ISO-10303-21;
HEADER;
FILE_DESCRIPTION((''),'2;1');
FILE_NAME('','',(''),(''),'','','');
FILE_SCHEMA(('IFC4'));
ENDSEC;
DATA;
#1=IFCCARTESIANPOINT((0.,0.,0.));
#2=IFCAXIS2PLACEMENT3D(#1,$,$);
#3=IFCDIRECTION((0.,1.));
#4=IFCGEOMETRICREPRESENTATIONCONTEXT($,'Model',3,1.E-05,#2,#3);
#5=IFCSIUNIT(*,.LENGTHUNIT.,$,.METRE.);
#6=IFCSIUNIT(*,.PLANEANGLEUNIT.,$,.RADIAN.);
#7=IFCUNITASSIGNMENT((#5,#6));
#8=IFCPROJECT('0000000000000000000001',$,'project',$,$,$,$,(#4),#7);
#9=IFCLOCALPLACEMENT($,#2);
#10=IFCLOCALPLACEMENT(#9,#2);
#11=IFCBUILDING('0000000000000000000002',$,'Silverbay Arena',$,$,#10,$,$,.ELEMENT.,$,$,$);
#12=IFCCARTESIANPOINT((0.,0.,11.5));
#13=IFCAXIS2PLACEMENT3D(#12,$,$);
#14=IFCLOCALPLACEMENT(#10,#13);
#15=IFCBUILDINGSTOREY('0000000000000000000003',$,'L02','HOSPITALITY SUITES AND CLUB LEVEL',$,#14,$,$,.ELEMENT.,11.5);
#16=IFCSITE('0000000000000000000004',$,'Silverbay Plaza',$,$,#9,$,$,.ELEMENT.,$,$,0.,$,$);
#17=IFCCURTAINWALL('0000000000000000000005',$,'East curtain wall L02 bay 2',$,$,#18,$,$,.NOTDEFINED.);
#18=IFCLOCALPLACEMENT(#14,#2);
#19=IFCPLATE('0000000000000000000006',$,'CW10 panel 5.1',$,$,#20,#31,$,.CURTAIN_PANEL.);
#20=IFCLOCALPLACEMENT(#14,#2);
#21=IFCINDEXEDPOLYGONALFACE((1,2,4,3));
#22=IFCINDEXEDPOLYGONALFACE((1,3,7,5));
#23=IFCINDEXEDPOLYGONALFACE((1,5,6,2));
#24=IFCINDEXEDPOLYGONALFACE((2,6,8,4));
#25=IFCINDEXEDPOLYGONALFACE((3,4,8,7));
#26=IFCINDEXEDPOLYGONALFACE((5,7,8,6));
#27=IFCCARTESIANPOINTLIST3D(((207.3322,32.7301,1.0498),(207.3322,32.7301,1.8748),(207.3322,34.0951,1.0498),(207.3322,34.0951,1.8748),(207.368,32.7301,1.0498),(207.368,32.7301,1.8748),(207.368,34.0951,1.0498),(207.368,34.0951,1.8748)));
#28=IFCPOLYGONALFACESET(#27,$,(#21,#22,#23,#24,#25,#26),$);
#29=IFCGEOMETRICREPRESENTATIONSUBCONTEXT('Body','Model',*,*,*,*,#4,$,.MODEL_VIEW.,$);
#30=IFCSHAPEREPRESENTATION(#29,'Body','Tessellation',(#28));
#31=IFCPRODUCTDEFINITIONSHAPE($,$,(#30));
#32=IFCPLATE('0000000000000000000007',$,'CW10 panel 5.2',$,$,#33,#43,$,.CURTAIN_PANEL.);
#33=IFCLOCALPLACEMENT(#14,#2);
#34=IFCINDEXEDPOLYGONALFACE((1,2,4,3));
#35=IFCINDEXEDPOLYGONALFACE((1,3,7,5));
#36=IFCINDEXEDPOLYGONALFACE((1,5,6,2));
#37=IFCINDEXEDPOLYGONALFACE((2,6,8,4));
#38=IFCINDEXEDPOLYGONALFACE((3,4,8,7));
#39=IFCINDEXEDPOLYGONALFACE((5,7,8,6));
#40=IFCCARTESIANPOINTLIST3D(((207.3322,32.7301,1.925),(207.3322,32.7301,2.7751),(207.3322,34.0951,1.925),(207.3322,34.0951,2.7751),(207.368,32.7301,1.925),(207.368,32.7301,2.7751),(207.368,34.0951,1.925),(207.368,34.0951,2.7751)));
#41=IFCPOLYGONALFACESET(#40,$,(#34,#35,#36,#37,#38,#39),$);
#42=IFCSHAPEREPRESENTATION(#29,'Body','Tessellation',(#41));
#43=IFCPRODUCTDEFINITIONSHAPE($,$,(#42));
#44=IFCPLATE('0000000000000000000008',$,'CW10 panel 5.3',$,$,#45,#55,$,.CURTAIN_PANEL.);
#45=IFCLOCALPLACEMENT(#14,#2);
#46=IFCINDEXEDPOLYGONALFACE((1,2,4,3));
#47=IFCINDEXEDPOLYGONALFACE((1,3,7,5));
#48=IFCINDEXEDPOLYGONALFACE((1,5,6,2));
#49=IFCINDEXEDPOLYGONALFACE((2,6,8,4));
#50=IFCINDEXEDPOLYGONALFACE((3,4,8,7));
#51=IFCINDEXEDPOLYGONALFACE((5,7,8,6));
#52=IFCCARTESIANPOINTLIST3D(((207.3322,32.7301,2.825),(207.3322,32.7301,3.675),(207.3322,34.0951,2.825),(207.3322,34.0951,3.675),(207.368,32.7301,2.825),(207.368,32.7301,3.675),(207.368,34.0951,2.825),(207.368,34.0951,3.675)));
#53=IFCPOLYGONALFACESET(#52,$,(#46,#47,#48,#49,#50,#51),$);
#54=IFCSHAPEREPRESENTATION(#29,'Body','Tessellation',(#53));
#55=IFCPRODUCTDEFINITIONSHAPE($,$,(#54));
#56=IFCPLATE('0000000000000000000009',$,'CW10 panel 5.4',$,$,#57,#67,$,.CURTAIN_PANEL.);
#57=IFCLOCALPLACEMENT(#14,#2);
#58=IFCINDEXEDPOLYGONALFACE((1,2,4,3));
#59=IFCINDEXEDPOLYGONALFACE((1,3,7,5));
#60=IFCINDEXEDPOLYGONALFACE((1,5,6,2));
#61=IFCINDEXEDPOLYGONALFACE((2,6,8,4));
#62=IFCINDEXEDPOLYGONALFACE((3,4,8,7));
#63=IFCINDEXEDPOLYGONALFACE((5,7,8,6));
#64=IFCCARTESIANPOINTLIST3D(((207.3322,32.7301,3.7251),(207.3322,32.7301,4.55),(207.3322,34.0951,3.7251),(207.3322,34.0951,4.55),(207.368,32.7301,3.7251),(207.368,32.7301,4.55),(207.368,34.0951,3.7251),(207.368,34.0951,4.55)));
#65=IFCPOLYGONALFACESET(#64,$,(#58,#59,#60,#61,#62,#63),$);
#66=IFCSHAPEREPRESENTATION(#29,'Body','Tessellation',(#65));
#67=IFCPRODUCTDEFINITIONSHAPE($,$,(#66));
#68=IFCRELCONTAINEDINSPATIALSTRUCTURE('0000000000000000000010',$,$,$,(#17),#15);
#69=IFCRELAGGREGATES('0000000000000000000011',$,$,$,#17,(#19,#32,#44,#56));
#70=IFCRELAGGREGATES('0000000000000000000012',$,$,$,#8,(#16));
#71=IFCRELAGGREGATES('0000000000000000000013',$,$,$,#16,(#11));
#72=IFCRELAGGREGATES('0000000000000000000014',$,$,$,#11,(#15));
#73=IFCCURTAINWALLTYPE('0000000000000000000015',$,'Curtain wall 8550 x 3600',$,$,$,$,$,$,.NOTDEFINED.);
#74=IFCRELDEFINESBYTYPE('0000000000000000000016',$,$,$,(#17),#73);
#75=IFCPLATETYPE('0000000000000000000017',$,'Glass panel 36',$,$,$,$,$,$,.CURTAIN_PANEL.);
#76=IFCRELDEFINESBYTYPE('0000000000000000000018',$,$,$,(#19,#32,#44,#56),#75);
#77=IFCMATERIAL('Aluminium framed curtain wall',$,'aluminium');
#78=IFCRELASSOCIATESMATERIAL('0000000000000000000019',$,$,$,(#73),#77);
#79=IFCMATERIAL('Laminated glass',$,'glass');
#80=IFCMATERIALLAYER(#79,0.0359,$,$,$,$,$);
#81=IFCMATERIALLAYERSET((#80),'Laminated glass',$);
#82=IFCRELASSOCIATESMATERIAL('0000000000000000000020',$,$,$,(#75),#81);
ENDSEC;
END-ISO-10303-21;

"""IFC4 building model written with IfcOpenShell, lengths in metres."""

from ifc_helpers import new_model, si_unit, direction, frame, origin, origin_2d, place, context, subcontext, project, spatial, rectangle, extrude, material, layer, layer_set, type_object, element, aggregate, save


model = new_model("IFC4")

# Units and contexts
model_context = context("Model", 3, precision=1e-05, world=origin(), true_north=direction((0.0, 1.0)))
body_context = subcontext(model_context, "Body", "Model", "MODEL_VIEW")
ifc_project = project(units=[si_unit("LENGTHUNIT", "METRE"), si_unit("PLANEANGLEUNIT", "RADIAN")], contexts=[model_context])

# Site, building, storey
site_placement = place(None, origin())
site = spatial("IfcSite", under=ifc_project, at=site_placement, Name="Silverbay Plaza", CompositionType="ELEMENT", RefElevation=0.0)
building_placement = place(site_placement, origin())
building = spatial("IfcBuilding", under=site, at=building_placement, Name="Silverbay Arena", CompositionType="ELEMENT")
storey_placement = place(building_placement, frame((0.0, 0.0, 11.5)))
storey = spatial("IfcBuildingStorey", under=building, at=storey_placement, Name="L02", Description="HOSPITALITY SUITES AND CLUB LEVEL", CompositionType="ELEMENT", Elevation=11.5)

# Curtain wall, plates
ifc_material_1 = material(Name="Aluminium framed curtain wall", Category="aluminium")
curtain_wall_type = type_object("IfcCurtainWallType", Name="Curtain wall 8550 x 3600", PredefinedType="NOTDEFINED", material=ifc_material_1)
curtain_wall_placement = place(storey_placement, origin())
curtain_wall = element("IfcCurtainWall", 1, at=curtain_wall_placement, inside=storey, type_object=curtain_wall_type, Name="East curtain wall L02 bay 2", PredefinedType="NOTDEFINED")
ifc_material_2 = material(Name="Laminated glass", Category="glass")
ifc_layer = layer(ifc_material_2, 0.0359)
ifc_layer_set = layer_set([ifc_layer], Name="Laminated glass")
plate_type = type_object("IfcPlateType", Name="Glass panel 36", PredefinedType="CURTAIN_PANEL", material=ifc_layer_set)
plate_1_placement = place(storey_placement, frame((207.3501, 33.4126, 1.0498), z_axis=(0.0, 0.0, 1.0), x_axis=(0.0, 1.0, 0.0)))
plate_1 = element("IfcPlate", 2, at=plate_1_placement, type_object=plate_type, Name="CW10 panel 5.1", PredefinedType="CURTAIN_PANEL", context=body_context, shape_type="SweptSolid", body=[
    extrude(rectangle(XDim=1.365, YDim=0.0359, at=origin_2d()), origin(), (0.0, 0.0, 1.0), 0.825),
])
plate_2_placement = place(storey_placement, frame((207.3501, 33.4126, 1.925), z_axis=(0.0, 0.0, 1.0), x_axis=(0.0, 1.0, 0.0)))
plate_2 = element("IfcPlate", 3, at=plate_2_placement, type_object=plate_type, Name="CW10 panel 5.2", PredefinedType="CURTAIN_PANEL", context=body_context, shape_type="SweptSolid", body=[
    extrude(rectangle(XDim=1.365, YDim=0.0359, at=origin_2d()), origin(), (0.0, 0.0, 1.0), 0.8501),
])
plate_3_placement = place(storey_placement, frame((207.3501, 33.4126, 2.825), z_axis=(0.0, 0.0, 1.0), x_axis=(0.0, 1.0, 0.0)))
plate_3 = element("IfcPlate", 4, at=plate_3_placement, type_object=plate_type, Name="CW10 panel 5.3", PredefinedType="CURTAIN_PANEL", context=body_context, shape_type="SweptSolid", body=[
    extrude(rectangle(XDim=1.365, YDim=0.0359, at=origin_2d()), origin(), (0.0, 0.0, 1.0), 0.8501),
])
plate_4_placement = place(storey_placement, frame((207.3501, 33.4126, 3.7251), z_axis=(0.0, 0.0, 1.0), x_axis=(0.0, 1.0, 0.0)))
plate_4 = element("IfcPlate", 5, at=plate_4_placement, type_object=plate_type, Name="CW10 panel 5.4", PredefinedType="CURTAIN_PANEL", context=body_context, shape_type="SweptSolid", body=[
    extrude(rectangle(XDim=1.365, YDim=0.0359, at=origin_2d()), origin(), (0.0, 0.0, 1.0), 0.825),
])
aggregate(curtain_wall, [plate_1, plate_2, plate_3, plate_4])

save(model, "model.ifc")
